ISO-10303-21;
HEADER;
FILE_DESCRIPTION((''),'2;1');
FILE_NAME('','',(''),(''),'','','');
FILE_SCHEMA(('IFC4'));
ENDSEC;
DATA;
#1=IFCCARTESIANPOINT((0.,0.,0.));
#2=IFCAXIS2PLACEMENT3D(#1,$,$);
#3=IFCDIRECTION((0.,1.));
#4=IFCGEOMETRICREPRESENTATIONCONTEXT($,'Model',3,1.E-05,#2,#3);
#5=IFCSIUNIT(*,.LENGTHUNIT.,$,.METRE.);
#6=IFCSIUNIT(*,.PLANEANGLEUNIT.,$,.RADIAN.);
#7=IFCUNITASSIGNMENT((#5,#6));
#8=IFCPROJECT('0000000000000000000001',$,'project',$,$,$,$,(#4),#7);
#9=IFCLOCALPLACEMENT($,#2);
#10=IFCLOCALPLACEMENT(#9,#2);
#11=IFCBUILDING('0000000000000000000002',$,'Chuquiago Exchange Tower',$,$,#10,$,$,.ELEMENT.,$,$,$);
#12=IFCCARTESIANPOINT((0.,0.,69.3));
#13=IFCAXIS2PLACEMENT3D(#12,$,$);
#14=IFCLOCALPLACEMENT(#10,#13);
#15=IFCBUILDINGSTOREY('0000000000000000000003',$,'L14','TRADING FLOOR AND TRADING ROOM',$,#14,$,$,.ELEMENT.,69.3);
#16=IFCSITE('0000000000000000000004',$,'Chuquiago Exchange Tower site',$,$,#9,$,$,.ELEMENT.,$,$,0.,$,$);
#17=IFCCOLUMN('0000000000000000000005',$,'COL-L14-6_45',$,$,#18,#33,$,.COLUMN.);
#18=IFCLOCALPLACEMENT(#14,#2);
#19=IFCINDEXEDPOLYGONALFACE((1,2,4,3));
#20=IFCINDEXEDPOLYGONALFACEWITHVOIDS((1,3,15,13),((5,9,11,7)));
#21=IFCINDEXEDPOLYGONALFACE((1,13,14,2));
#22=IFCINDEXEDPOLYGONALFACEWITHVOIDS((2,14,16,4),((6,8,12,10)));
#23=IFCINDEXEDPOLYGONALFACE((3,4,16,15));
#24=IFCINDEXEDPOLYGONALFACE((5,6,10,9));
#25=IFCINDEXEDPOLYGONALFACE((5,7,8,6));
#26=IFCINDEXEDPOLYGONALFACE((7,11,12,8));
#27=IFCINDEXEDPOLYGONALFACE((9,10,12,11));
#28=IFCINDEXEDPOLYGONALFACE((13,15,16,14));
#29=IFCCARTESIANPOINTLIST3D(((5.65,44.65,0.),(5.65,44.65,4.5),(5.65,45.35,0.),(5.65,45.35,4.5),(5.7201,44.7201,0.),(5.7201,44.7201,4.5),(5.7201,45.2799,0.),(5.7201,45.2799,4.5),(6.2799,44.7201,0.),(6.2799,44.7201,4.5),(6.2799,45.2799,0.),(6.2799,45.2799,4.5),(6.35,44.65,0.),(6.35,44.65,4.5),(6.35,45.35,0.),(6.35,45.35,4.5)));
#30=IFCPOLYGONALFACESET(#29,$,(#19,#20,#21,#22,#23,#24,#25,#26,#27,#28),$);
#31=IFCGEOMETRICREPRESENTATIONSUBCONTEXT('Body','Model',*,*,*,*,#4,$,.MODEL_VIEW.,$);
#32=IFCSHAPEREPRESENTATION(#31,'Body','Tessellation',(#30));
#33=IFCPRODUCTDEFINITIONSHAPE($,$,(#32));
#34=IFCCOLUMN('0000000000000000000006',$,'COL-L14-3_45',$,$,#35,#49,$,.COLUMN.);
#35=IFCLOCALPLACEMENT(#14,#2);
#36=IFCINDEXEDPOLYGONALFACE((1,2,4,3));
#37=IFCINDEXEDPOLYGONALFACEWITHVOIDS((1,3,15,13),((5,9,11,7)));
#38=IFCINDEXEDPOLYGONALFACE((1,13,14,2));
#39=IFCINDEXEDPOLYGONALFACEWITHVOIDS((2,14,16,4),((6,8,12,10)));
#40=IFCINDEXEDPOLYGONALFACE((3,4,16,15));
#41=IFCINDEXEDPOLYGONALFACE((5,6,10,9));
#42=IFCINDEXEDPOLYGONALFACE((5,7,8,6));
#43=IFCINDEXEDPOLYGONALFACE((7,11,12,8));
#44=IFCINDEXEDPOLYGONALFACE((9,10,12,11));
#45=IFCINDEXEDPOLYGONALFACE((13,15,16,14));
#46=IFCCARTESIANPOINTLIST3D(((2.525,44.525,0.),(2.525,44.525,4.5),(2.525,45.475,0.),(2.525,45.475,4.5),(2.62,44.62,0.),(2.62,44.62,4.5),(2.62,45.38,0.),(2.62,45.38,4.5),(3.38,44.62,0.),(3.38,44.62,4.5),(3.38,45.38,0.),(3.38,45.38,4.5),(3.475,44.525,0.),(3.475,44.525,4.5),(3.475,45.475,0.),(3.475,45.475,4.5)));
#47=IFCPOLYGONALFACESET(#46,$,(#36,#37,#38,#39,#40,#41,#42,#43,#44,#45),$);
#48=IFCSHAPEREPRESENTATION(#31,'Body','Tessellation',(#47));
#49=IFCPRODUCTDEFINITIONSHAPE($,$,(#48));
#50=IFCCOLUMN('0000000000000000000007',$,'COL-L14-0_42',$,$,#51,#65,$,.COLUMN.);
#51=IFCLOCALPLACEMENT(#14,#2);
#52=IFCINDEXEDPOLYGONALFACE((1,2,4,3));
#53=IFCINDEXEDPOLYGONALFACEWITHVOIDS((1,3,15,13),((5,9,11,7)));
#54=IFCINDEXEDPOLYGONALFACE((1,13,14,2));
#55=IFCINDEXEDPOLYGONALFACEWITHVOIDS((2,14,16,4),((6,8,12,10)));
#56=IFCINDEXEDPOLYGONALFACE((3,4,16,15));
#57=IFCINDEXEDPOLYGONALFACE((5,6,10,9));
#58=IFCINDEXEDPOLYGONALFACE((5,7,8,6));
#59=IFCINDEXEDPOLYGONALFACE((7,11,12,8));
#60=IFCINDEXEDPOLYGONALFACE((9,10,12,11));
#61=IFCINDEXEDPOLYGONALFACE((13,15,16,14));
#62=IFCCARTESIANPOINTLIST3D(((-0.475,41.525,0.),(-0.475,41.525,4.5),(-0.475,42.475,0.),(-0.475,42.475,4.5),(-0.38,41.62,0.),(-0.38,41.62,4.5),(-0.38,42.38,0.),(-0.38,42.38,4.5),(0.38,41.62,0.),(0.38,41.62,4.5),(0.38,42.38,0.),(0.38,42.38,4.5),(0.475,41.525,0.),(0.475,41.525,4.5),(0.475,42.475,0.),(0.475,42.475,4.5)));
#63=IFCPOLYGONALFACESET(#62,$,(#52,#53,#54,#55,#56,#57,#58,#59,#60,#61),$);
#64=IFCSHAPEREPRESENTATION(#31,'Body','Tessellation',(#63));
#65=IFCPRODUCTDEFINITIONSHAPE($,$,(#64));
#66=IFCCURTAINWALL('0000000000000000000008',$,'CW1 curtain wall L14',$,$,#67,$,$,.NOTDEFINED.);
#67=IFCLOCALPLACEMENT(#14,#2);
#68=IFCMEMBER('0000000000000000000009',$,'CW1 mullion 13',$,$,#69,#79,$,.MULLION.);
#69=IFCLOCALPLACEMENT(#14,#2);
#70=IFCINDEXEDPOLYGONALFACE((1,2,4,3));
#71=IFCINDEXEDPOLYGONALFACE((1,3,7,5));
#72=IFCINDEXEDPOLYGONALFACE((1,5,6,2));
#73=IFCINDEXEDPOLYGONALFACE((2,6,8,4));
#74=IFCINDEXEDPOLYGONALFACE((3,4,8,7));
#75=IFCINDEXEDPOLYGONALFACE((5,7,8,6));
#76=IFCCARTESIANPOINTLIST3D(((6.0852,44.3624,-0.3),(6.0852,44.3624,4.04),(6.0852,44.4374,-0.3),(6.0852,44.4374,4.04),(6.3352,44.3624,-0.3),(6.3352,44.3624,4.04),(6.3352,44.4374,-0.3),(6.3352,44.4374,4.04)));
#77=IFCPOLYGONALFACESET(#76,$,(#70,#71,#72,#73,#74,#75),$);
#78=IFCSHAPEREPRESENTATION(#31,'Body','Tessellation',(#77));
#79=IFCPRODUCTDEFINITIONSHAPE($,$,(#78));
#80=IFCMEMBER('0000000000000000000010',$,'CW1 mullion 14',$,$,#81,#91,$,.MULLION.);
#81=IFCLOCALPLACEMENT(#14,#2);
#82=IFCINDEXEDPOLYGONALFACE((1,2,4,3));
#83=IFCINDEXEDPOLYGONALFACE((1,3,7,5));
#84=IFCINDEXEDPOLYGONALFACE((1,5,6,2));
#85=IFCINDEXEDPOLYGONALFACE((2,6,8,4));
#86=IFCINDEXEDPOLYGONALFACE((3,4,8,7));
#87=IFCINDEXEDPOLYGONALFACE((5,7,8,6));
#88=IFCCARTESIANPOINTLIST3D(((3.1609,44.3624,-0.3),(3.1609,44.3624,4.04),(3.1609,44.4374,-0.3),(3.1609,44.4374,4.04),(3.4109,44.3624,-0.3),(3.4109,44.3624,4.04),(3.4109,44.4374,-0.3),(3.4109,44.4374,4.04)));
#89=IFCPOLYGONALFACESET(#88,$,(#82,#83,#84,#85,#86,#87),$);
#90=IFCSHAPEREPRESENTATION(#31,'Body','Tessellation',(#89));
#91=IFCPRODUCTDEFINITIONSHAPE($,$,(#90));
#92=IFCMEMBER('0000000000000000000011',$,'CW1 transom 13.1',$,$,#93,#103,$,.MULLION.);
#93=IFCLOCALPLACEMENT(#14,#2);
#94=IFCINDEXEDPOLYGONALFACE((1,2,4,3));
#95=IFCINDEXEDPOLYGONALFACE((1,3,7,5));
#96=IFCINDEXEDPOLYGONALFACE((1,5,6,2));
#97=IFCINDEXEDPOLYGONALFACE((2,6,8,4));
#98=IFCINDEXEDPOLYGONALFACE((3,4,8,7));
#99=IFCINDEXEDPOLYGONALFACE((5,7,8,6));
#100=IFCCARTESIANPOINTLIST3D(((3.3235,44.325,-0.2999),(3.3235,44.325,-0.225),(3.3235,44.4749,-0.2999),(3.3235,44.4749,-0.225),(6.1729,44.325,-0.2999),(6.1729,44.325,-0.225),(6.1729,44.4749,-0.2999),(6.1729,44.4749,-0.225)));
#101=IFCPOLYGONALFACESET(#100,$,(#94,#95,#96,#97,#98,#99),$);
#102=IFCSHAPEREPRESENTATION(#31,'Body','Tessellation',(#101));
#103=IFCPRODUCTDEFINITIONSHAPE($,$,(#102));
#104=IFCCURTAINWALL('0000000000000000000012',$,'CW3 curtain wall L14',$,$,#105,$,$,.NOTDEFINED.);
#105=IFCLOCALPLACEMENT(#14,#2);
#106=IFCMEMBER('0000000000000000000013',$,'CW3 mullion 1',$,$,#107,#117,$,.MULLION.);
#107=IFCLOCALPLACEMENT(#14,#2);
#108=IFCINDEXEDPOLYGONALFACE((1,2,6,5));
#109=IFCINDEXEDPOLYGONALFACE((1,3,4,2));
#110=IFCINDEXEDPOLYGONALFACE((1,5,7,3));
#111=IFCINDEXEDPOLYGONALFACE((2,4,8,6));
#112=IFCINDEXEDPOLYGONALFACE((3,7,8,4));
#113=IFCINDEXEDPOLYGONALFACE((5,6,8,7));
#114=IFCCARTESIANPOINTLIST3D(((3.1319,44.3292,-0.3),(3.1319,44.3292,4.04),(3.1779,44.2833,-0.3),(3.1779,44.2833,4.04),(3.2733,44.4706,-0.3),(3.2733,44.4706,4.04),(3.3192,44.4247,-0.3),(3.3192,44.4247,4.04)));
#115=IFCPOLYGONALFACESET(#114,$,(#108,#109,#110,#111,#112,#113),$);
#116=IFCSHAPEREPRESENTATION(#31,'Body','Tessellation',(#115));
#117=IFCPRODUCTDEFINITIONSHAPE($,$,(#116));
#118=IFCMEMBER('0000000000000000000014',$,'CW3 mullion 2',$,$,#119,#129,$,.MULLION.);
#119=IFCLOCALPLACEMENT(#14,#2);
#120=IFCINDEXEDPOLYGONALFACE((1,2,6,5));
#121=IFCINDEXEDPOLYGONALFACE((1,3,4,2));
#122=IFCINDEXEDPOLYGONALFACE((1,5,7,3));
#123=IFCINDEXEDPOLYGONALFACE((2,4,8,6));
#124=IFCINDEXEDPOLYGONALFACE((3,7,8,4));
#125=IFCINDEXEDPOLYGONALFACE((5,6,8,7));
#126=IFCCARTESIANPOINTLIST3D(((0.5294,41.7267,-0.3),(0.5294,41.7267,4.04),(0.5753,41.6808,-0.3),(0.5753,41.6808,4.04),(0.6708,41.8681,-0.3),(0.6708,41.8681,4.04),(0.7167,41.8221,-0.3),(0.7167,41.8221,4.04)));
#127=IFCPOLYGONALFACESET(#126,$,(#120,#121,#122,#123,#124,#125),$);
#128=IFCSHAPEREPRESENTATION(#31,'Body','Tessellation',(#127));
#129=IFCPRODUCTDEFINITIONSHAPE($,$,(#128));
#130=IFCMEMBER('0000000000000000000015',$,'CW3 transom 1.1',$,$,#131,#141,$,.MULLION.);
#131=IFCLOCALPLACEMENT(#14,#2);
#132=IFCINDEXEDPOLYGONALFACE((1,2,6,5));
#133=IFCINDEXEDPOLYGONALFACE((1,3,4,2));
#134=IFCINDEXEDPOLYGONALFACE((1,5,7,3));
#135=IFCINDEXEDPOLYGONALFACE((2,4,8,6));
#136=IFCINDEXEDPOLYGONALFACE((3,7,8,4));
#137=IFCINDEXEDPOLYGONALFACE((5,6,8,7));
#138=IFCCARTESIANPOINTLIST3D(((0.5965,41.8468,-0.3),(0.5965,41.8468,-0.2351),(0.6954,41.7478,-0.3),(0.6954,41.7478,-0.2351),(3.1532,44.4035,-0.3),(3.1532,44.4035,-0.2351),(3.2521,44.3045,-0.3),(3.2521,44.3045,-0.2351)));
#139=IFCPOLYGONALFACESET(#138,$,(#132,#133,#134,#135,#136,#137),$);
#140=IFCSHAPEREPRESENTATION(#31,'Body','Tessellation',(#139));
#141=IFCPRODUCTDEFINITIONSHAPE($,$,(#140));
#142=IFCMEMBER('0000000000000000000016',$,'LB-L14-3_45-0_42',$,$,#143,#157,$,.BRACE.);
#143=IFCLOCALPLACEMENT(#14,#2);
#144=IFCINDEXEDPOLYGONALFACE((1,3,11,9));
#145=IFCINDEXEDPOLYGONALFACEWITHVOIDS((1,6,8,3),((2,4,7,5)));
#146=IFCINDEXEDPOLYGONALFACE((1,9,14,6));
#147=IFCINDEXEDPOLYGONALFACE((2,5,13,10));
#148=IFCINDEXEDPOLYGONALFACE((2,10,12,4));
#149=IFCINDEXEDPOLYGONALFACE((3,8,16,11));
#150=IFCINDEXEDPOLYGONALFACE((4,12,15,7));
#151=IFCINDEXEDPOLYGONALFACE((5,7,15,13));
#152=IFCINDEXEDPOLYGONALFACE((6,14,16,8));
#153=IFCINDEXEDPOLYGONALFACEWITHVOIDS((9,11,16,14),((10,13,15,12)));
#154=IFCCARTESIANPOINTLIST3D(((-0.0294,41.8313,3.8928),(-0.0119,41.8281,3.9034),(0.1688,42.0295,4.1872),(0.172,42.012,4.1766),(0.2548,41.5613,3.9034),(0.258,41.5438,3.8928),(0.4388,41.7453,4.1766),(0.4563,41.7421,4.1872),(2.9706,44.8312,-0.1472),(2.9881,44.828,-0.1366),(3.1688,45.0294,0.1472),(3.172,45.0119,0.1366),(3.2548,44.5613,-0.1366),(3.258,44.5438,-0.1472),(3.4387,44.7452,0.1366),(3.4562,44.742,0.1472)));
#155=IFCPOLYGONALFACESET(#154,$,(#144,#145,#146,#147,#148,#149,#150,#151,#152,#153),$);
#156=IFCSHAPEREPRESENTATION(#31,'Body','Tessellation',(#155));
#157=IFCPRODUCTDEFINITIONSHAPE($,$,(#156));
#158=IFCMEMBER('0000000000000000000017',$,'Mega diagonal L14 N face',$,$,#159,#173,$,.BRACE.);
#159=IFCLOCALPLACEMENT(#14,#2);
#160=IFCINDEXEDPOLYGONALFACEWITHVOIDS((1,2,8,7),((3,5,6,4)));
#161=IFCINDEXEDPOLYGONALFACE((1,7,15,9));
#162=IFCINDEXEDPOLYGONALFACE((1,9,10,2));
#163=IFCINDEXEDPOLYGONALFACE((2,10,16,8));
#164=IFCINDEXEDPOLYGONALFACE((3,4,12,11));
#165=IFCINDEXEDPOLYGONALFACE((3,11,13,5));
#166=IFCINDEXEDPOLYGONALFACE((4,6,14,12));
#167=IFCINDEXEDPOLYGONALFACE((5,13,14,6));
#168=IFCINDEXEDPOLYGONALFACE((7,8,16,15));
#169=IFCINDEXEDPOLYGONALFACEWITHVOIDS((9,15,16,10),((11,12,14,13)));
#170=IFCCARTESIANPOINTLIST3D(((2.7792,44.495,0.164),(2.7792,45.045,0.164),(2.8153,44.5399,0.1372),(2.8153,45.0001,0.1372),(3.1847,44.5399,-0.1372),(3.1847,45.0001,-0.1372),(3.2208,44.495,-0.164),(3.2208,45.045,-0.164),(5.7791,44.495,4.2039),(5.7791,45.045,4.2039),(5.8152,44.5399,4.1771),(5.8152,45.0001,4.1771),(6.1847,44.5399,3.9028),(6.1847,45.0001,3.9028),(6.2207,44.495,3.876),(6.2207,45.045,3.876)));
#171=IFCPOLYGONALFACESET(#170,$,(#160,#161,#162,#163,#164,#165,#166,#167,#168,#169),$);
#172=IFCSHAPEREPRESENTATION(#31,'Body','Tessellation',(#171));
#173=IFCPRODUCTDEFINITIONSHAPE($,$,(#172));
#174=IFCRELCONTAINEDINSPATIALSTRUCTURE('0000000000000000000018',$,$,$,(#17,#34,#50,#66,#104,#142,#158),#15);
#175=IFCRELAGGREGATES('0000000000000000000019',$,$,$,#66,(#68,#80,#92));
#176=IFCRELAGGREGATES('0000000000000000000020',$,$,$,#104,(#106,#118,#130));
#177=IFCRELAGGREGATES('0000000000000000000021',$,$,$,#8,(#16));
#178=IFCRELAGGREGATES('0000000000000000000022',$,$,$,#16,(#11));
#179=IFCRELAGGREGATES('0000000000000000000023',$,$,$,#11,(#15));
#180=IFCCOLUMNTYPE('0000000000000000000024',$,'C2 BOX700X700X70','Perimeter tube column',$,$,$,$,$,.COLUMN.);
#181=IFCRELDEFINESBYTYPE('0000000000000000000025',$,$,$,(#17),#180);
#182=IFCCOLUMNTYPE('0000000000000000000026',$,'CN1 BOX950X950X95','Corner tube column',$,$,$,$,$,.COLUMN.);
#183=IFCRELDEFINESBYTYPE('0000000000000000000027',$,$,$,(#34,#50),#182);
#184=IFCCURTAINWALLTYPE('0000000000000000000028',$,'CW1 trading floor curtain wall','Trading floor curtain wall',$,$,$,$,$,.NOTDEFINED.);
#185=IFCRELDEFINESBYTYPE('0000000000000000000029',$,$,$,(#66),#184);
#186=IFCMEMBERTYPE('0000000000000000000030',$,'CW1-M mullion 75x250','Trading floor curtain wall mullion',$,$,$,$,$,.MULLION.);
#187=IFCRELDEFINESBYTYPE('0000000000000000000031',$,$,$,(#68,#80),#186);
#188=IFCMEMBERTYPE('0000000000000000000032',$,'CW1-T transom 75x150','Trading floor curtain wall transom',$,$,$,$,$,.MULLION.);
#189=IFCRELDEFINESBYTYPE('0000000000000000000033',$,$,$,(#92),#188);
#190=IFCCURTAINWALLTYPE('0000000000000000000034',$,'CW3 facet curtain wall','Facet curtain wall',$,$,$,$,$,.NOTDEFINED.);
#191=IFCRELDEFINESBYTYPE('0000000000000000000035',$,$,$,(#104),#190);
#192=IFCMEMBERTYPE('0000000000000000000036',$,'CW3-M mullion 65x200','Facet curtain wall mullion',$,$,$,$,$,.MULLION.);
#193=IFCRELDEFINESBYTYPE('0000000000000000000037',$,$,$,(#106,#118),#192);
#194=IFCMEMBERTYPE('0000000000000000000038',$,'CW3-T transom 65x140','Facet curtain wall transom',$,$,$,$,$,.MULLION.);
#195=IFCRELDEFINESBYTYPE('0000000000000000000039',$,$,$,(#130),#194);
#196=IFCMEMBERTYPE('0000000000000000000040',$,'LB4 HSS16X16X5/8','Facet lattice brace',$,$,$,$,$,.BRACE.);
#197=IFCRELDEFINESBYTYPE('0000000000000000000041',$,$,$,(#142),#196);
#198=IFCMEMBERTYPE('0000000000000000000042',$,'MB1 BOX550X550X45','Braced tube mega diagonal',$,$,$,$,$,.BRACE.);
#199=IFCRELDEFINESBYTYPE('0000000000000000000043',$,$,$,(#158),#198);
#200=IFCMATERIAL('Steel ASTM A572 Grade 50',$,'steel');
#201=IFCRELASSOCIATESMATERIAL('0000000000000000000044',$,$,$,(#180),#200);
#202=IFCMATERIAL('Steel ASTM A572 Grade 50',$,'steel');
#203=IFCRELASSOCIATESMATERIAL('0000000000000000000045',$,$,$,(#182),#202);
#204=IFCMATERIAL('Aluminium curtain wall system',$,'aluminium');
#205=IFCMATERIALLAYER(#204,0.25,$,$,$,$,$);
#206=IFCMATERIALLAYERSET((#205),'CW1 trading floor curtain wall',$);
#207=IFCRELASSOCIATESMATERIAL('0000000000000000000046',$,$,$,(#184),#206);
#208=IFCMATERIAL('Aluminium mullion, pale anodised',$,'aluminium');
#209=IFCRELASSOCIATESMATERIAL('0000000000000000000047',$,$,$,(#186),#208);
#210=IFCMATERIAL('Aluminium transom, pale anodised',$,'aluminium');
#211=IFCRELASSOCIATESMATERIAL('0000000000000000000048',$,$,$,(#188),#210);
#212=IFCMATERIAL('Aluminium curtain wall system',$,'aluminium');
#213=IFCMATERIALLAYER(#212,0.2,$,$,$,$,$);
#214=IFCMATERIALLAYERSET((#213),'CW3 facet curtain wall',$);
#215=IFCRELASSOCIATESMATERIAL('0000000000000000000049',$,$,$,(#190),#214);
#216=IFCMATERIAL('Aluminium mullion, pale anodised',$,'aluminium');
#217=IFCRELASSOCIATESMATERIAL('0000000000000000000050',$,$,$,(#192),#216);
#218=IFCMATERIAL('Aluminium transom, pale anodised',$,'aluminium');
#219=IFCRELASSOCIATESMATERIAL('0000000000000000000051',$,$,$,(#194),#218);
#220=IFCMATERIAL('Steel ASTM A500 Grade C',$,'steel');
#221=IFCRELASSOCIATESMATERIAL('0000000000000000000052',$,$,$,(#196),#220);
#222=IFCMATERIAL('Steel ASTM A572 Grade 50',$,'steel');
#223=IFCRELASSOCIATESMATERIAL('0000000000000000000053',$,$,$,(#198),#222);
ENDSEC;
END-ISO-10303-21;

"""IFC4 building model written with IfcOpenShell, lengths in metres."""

from ifc_helpers import new_model, si_unit, direction, frame, origin, origin_2d, place, context, subcontext, project, spatial, rectangle, hollow_rectangle, extrude, material, layer, layer_set, material_profile, profile_set, type_object, element, aggregate, save


model = new_model("IFC4")

# Units and contexts
model_context = context("Model", 3, precision=1e-05, world=origin(), true_north=direction((0.0, 1.0)))
body_context = subcontext(model_context, "Body", "Model", "MODEL_VIEW")
ifc_project = project(units=[si_unit("LENGTHUNIT", "METRE"), si_unit("PLANEANGLEUNIT", "RADIAN")], contexts=[model_context])

# Site, building, storey
site_placement = place(None, origin())
site = spatial("IfcSite", under=ifc_project, at=site_placement, Name="Chuquiago Exchange Tower site", CompositionType="ELEMENT", RefElevation=0.0)
building_placement = place(site_placement, origin())
building = spatial("IfcBuilding", under=site, at=building_placement, Name="Chuquiago Exchange Tower", CompositionType="ELEMENT")
storey_placement = place(building_placement, frame((0.0, 0.0, 69.3)))
storey = spatial("IfcBuildingStorey", under=building, at=storey_placement, Name="L14", Description="TRADING FLOOR AND TRADING ROOM", CompositionType="ELEMENT", Elevation=69.3)

# Columns
ifc_material_1 = material(Name="Steel ASTM A572 Grade 50", Category="steel")
ifc_material_profile_1 = material_profile(ifc_material_1, hollow_rectangle(XDim=0.7, YDim=0.7, WallThickness=0.0701, at=origin_2d()), Name="BOX700X700X70")
ifc_profile_set_1 = profile_set([ifc_material_profile_1], Name="Steel ASTM A572 Grade 50")
column_type_1 = type_object("IfcColumnType", Name="C2 BOX700X700X70", Description="Perimeter tube column", PredefinedType="COLUMN", material=ifc_profile_set_1)
column_placement = place(storey_placement, frame((6.0, 45.0, 0.0), z_axis=(0.0, 0.0, 1.0), x_axis=(0.0, 1.0, 0.0)))
element("IfcColumn", 1, at=column_placement, inside=storey, type_object=column_type_1, Name="COL-L14-6_45", PredefinedType="COLUMN", context=body_context, shape_type="SweptSolid", body=[
    extrude(hollow_rectangle(XDim=0.7, YDim=0.7, WallThickness=0.0701, at=origin_2d()), origin(), (0.0, 0.0, 1.0), 4.5),
])
ifc_material_2 = material(Name="Steel ASTM A572 Grade 50", Category="steel")
ifc_material_profile_2 = material_profile(ifc_material_2, hollow_rectangle(XDim=0.95, YDim=0.95, WallThickness=0.095, at=origin_2d()), Name="BOX950X950X95")
ifc_profile_set_2 = profile_set([ifc_material_profile_2], Name="Steel ASTM A572 Grade 50")
column_type_2 = type_object("IfcColumnType", Name="CN1 BOX950X950X95", Description="Corner tube column", PredefinedType="COLUMN", material=ifc_profile_set_2)
for number, where, z_axis, x_axis, name in (
    (2, (3.0, 45.0, 0.0), (0.0, 0.0, 1.0), (0.0, 1.0, 0.0), "COL-L14-3_45"),
    (3, (0.0, 42.0, 0.0), (0.0, 0.0, 1.0), (-1.0, 0.0, 0.0), "COL-L14-0_42"),
):
    element("IfcColumn", number, at=place(storey_placement, frame(where, z_axis=z_axis, x_axis=x_axis)), inside=storey, type_object=column_type_2, Name=name, PredefinedType="COLUMN", context=body_context, shape_type="SweptSolid", body=[
        extrude(hollow_rectangle(XDim=0.95, YDim=0.95, WallThickness=0.095, at=origin_2d()), origin(), (0.0, 0.0, 1.0), 4.5),
    ])

# Curtain walls, members
ifc_material_3 = material(Name="Aluminium curtain wall system", Category="aluminium")
ifc_layer_1 = layer(ifc_material_3, 0.25)
ifc_layer_set_1 = layer_set([ifc_layer_1], Name="CW1 trading floor curtain wall")
curtain_wall_type_1 = type_object("IfcCurtainWallType", Name="CW1 trading floor curtain wall", Description="Trading floor curtain wall", PredefinedType="NOTDEFINED", material=ifc_layer_set_1)
curtain_wall_1_placement = place(storey_placement, origin())
curtain_wall_1 = element("IfcCurtainWall", 4, at=curtain_wall_1_placement, inside=storey, type_object=curtain_wall_type_1, Name="CW1 curtain wall L14", PredefinedType="NOTDEFINED")
ifc_material_4 = material(Name="Aluminium mullion, pale anodised", Category="aluminium")
ifc_material_profile_3 = material_profile(ifc_material_4, rectangle(XDim=0.075, YDim=0.25, at=origin_2d()), Name="AL 75x250")
ifc_profile_set_3 = profile_set([ifc_material_profile_3], Name="Aluminium mullion, pale anodised")
member_type_1 = type_object("IfcMemberType", Name="CW1-M mullion 75x250", Description="Trading floor curtain wall mullion", PredefinedType="MULLION", material=ifc_profile_set_3)
member_1_placement = place(storey_placement, frame((6.2102, 44.3999, -0.3), z_axis=(0.0, 0.0, 1.0), x_axis=(0.0, -1.0, 0.0)))
member_1 = element("IfcMember", 5, at=member_1_placement, type_object=member_type_1, Name="CW1 mullion 13", PredefinedType="MULLION", context=body_context, shape_type="SweptSolid", body=[
    extrude(rectangle(XDim=0.075, YDim=0.25, at=origin_2d()), origin(), (0.0, 0.0, 1.0), 4.3401),
])
member_2_placement = place(storey_placement, frame((3.2859, 44.3999, -0.3), z_axis=(0.0, 0.0, 1.0), x_axis=(0.0, -1.0, 0.0)))
member_2 = element("IfcMember", 6, at=member_2_placement, type_object=member_type_1, Name="CW1 mullion 14", PredefinedType="MULLION", context=body_context, shape_type="SweptSolid", body=[
    extrude(rectangle(XDim=0.075, YDim=0.25, at=origin_2d()), origin(), (0.0, 0.0, 1.0), 4.3401),
])
ifc_material_5 = material(Name="Aluminium transom, pale anodised", Category="aluminium")
ifc_material_profile_4 = material_profile(ifc_material_5, rectangle(XDim=0.1499, YDim=0.075, at=origin_2d()), Name="AL 150x75")
ifc_profile_set_4 = profile_set([ifc_material_profile_4], Name="Aluminium transom, pale anodised")
member_type_2 = type_object("IfcMemberType", Name="CW1-T transom 75x150", Description="Trading floor curtain wall transom", PredefinedType="MULLION", material=ifc_profile_set_4)
member_3_placement = place(storey_placement, frame((6.1729, 44.3999, -0.2625), z_axis=(-1.0, 0.0, 0.0), x_axis=(0.0, -1.0, 0.0)))
member_3 = element("IfcMember", 7, at=member_3_placement, type_object=member_type_2, Name="CW1 transom 13.1", PredefinedType="MULLION", context=body_context, shape_type="SweptSolid", body=[
    extrude(rectangle(XDim=0.1499, YDim=0.075, at=origin_2d()), origin(), (0.0, 0.0, 1.0), 2.8494),
])
ifc_material_6 = material(Name="Aluminium curtain wall system", Category="aluminium")
ifc_layer_2 = layer(ifc_material_6, 0.2)
ifc_layer_set_2 = layer_set([ifc_layer_2], Name="CW3 facet curtain wall")
curtain_wall_type_2 = type_object("IfcCurtainWallType", Name="CW3 facet curtain wall", Description="Facet curtain wall", PredefinedType="NOTDEFINED", material=ifc_layer_set_2)
curtain_wall_2_placement = place(storey_placement, origin())
curtain_wall_2 = element("IfcCurtainWall", 8, at=curtain_wall_2_placement, inside=storey, type_object=curtain_wall_type_2, Name="CW3 curtain wall L14", PredefinedType="NOTDEFINED")
ifc_material_7 = material(Name="Aluminium mullion, pale anodised", Category="aluminium")
ifc_material_profile_5 = material_profile(ifc_material_7, rectangle(XDim=0.0649, YDim=0.2, at=origin_2d()), Name="AL 65x200")
ifc_profile_set_5 = profile_set([ifc_material_profile_5], Name="Aluminium mullion, pale anodised")
member_type_3 = type_object("IfcMemberType", Name="CW3-M mullion 65x200", Description="Facet curtain wall mullion", PredefinedType="MULLION", material=ifc_profile_set_5)
member_4_placement = place(storey_placement, frame((3.2256, 44.377, -0.3), z_axis=(0.0, 0.0, 1.0), x_axis=(0.707107, -0.707107, 0.0)))
member_4 = element("IfcMember", 9, at=member_4_placement, type_object=member_type_3, Name="CW3 mullion 1", PredefinedType="MULLION", context=body_context, shape_type="SweptSolid", body=[
    extrude(rectangle(XDim=0.0649, YDim=0.2, at=origin_2d()), origin(), (0.0, 0.0, 1.0), 4.3401),
])
member_5_placement = place(storey_placement, frame((0.623, 41.7744, -0.3), z_axis=(0.0, 0.0, 1.0), x_axis=(0.707107, -0.707107, 0.0)))
member_5 = element("IfcMember", 10, at=member_5_placement, type_object=member_type_3, Name="CW3 mullion 2", PredefinedType="MULLION", context=body_context, shape_type="SweptSolid", body=[
    extrude(rectangle(XDim=0.0649, YDim=0.2, at=origin_2d()), origin(), (0.0, 0.0, 1.0), 4.3401),
])
ifc_material_8 = material(Name="Aluminium transom, pale anodised", Category="aluminium")
ifc_material_profile_6 = material_profile(ifc_material_8, rectangle(XDim=0.1399, YDim=0.0649, at=origin_2d()), Name="AL 140x65")
ifc_profile_set_6 = profile_set([ifc_material_profile_6], Name="Aluminium transom, pale anodised")
member_type_4 = type_object("IfcMemberType", Name="CW3-T transom 65x140", Description="Facet curtain wall transom", PredefinedType="MULLION", material=ifc_profile_set_6)
member_6_placement = place(storey_placement, frame((3.2026, 44.354, -0.2676), z_axis=(-0.707107, -0.707107, 0.0), x_axis=(0.707107, -0.707107, 0.0)))
member_6 = element("IfcMember", 11, at=member_6_placement, type_object=member_type_4, Name="CW3 transom 1.1", PredefinedType="MULLION", context=body_context, shape_type="SweptSolid", body=[
    extrude(rectangle(XDim=0.1399, YDim=0.0649, at=origin_2d()), origin(), (0.0, 0.0, 1.0), 3.6157),
])

# Members
ifc_material_9 = material(Name="Steel ASTM A500 Grade C", Category="steel")
ifc_material_profile_7 = material_profile(ifc_material_9, hollow_rectangle(XDim=0.4065, YDim=0.4065, WallThickness=0.0146, at=origin_2d()), Name="HSS16X16X5/8")
ifc_profile_set_7 = profile_set([ifc_material_profile_7], Name="Steel ASTM A500 Grade C")
member_type_5 = type_object("IfcMemberType", Name="LB4 HSS16X16X5/8", Description="Facet lattice brace", PredefinedType="BRACE", material=ifc_profile_set_7)
member_7_placement = place(storey_placement, frame((3.2134, 44.7866, 0.0), z_axis=(-0.512077, -0.512077, 0.689604), x_axis=(0.707107, -0.707107, 0.0)))
element("IfcMember", 12, at=member_7_placement, inside=storey, type_object=member_type_5, Name="LB-L14-3_45-0_42", PredefinedType="BRACE", context=body_context, shape_type="SweptSolid", body=[
    extrude(hollow_rectangle(XDim=0.4065, YDim=0.4065, WallThickness=0.0146, at=origin_2d()), origin(), (0.0, 0.0, 1.0), 5.8584),
])
ifc_material_10 = material(Name="Steel ASTM A572 Grade 50", Category="steel")
ifc_material_profile_8 = material_profile(ifc_material_10, hollow_rectangle(XDim=0.55, YDim=0.55, WallThickness=0.0449, at=origin_2d()), Name="BOX550X550X45")
ifc_profile_set_8 = profile_set([ifc_material_profile_8], Name="Steel ASTM A572 Grade 50")
member_type_6 = type_object("IfcMemberType", Name="MB1 BOX550X550X45", Description="Braced tube mega diagonal", PredefinedType="BRACE", material=ifc_profile_set_8)
for number, where, z_axis, x_axis, name in (
    (13, (3.0, 44.77, 0.0), (0.596174, 0.0, 0.802855), (0.0, 1.0, 0.0), "Mega diagonal L14 N face"),
):
    element("IfcMember", number, at=place(storey_placement, frame(where, z_axis=z_axis, x_axis=x_axis)), inside=storey, type_object=member_type_6, Name=name, PredefinedType="BRACE", context=body_context, shape_type="SweptSolid", body=[
        extrude(hollow_rectangle(XDim=0.55, YDim=0.55, WallThickness=0.0449, at=origin_2d()), origin(), (0.0, 0.0, 1.0), 5.032),
    ])

aggregate(curtain_wall_1, [member_1, member_2, member_3])
aggregate(curtain_wall_2, [member_4, member_5, member_6])

save(model, "model.ifc")
